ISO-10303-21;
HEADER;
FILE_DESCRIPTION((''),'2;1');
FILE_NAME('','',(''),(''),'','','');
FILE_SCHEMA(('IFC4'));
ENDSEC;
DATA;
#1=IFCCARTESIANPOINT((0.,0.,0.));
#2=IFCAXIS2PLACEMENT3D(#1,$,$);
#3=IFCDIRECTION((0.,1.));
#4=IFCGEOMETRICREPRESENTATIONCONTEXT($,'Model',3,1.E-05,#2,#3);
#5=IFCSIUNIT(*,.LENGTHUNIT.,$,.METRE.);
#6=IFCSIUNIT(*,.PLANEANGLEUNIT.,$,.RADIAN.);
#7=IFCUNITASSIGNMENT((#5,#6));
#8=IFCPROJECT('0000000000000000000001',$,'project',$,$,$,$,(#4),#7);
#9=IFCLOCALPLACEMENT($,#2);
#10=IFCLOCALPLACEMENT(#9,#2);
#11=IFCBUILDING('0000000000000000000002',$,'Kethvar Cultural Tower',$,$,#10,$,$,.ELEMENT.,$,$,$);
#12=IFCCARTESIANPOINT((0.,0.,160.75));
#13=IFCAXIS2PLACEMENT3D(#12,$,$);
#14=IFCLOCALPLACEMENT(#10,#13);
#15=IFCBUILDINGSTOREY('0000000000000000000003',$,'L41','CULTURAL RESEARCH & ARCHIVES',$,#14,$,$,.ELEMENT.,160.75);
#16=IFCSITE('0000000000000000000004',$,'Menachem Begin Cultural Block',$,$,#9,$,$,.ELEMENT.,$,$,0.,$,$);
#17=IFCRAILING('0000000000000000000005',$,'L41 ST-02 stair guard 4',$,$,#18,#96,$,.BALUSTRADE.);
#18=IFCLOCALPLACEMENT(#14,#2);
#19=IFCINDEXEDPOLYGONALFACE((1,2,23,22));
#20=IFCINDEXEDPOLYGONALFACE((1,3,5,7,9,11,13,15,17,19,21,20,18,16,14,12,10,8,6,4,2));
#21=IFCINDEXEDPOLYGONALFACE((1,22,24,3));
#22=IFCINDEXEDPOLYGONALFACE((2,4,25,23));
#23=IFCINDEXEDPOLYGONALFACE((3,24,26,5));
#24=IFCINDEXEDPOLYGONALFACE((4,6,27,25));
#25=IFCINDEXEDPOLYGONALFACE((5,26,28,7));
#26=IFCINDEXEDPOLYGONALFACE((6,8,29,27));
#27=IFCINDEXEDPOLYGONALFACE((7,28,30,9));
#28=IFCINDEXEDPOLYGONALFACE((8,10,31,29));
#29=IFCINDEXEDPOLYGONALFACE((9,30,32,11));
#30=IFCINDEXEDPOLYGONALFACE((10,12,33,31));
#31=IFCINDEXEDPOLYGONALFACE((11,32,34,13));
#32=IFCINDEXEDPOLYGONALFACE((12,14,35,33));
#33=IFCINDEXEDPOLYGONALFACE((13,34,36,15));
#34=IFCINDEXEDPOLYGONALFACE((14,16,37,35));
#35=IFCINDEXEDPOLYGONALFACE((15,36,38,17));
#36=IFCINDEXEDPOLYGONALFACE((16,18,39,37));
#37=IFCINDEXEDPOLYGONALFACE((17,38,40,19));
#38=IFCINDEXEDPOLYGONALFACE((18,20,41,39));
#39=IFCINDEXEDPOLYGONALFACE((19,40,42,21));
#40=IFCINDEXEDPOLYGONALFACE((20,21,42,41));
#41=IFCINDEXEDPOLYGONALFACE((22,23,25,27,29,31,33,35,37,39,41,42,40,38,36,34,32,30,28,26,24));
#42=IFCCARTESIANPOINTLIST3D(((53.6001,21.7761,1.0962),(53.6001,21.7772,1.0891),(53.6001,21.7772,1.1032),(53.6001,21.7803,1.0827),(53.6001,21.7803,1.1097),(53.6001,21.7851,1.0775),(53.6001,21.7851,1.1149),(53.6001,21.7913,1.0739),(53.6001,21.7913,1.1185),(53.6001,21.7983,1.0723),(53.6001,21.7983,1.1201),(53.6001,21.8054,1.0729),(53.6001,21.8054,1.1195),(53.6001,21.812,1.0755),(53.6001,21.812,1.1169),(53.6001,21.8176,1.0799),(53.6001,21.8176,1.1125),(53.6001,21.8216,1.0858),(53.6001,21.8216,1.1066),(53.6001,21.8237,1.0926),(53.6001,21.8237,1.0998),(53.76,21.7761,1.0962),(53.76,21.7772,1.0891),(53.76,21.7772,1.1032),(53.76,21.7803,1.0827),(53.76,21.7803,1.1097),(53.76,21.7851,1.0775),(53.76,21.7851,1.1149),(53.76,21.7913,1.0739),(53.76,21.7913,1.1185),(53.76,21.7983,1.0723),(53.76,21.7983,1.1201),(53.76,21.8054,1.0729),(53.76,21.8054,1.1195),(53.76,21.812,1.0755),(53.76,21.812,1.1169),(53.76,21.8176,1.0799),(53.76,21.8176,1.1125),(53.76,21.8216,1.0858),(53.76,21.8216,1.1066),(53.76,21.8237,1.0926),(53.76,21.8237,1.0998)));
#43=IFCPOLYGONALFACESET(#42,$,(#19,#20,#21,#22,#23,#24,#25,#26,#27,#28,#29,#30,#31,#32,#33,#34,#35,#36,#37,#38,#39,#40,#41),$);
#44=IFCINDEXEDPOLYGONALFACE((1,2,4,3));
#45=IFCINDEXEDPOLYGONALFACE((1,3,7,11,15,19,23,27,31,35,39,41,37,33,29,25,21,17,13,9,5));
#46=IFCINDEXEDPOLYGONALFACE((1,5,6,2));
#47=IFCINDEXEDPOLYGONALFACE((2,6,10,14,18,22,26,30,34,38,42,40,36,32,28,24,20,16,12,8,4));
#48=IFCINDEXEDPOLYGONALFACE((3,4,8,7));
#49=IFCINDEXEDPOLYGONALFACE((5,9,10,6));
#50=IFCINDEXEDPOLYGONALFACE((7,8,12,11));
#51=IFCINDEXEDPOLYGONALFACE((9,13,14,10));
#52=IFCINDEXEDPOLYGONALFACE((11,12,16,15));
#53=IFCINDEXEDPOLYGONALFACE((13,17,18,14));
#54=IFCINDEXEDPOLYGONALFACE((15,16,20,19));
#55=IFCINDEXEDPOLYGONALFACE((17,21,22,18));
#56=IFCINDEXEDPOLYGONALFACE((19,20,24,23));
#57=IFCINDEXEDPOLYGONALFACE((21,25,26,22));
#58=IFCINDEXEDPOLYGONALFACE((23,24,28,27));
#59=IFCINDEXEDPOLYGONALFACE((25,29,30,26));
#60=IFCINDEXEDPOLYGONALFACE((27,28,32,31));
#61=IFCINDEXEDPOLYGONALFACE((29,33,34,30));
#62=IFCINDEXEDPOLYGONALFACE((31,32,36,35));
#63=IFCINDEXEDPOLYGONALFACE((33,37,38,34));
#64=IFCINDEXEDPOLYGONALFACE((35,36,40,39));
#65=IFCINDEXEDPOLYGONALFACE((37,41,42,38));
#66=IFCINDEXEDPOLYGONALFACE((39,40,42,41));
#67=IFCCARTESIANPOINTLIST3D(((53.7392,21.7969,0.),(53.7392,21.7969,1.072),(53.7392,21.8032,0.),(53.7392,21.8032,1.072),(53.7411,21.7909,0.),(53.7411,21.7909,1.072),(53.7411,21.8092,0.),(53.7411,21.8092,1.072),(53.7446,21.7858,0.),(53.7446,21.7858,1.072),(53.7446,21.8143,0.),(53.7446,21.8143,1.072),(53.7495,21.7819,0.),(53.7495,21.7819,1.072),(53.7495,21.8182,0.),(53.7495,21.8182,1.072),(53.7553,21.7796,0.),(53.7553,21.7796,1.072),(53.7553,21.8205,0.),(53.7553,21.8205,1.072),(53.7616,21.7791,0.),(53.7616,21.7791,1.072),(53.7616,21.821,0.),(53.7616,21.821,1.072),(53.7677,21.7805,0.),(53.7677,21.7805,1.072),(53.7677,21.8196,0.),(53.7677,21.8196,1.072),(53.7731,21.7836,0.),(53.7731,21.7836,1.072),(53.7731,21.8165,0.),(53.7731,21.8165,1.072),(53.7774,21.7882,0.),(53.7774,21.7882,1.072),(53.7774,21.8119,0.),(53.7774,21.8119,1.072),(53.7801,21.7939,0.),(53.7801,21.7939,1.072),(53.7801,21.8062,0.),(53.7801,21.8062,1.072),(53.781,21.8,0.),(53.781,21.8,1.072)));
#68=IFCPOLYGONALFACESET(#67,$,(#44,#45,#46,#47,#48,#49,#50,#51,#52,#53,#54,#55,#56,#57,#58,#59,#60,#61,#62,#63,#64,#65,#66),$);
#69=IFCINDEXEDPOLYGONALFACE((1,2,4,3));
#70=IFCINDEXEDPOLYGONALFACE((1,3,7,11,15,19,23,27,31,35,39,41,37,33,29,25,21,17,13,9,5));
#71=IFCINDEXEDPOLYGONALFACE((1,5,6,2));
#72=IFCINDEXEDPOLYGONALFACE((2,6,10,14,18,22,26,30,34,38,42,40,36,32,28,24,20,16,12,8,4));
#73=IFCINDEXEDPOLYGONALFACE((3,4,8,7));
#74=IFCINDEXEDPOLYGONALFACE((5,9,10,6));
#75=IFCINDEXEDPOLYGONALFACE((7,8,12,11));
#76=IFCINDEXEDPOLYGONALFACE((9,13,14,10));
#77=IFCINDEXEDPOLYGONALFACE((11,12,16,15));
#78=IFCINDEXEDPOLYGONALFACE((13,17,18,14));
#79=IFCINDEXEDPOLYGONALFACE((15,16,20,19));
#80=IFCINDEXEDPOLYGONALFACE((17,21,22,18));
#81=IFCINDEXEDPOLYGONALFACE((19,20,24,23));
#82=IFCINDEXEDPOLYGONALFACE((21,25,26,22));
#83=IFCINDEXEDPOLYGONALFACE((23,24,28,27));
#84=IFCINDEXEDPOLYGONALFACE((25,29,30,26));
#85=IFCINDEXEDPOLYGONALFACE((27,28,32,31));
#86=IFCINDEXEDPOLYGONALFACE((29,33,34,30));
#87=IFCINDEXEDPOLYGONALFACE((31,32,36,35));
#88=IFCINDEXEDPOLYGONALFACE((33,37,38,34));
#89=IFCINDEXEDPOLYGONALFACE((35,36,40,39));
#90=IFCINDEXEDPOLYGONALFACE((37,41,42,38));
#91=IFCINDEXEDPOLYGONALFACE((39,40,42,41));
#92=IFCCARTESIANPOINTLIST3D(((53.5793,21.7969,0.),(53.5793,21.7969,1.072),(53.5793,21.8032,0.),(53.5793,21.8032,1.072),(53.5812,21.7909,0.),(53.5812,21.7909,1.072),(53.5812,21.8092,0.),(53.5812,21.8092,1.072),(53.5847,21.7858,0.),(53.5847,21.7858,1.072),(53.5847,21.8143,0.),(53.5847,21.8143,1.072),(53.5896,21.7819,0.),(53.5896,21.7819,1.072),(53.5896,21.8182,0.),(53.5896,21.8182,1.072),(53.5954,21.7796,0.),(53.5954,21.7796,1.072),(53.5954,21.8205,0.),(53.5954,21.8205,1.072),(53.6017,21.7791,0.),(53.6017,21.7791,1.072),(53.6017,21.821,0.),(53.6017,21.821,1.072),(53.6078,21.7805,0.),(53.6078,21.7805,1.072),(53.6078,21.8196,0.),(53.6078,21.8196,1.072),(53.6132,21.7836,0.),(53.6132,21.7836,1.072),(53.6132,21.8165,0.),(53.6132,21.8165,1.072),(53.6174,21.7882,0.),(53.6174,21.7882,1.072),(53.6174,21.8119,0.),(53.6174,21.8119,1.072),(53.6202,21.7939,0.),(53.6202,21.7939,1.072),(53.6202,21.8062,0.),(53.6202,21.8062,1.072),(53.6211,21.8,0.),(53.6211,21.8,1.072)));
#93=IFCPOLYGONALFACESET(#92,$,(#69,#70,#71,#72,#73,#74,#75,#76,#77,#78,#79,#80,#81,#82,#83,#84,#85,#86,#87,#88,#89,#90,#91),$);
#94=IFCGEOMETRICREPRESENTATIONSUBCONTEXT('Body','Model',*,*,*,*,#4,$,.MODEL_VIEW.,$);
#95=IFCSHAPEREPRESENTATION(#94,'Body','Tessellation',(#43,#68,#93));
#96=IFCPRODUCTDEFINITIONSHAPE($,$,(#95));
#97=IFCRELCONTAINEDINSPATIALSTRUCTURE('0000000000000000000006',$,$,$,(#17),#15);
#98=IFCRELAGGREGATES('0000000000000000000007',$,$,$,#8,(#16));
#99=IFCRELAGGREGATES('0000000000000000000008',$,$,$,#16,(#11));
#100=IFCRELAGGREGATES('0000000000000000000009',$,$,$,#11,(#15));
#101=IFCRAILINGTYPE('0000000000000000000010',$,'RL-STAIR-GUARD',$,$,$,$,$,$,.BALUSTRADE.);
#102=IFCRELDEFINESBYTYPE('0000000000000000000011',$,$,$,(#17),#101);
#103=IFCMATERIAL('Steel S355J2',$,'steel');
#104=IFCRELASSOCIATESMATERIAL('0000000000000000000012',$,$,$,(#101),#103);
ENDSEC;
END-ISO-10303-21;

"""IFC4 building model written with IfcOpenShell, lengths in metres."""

from ifc_helpers import new_model, si_unit, direction, frame, origin, origin_2d, place, context, subcontext, project, spatial, circle, extrude, material, type_object, element, save


model = new_model("IFC4")

# Units and contexts
model_context = context("Model", 3, precision=1e-05, world=origin(), true_north=direction((0.0, 1.0)))
body_context = subcontext(model_context, "Body", "Model", "MODEL_VIEW")
ifc_project = project(units=[si_unit("LENGTHUNIT", "METRE"), si_unit("PLANEANGLEUNIT", "RADIAN")], contexts=[model_context])

# Site, building, storey
site_placement = place(None, origin())
site = spatial("IfcSite", under=ifc_project, at=site_placement, Name="Menachem Begin Cultural Block", CompositionType="ELEMENT", RefElevation=0.0)
building_placement = place(site_placement, origin())
building = spatial("IfcBuilding", under=site, at=building_placement, Name="Kethvar Cultural Tower", CompositionType="ELEMENT")
storey_placement = place(building_placement, frame((0.0, 0.0, 160.75)))
storey = spatial("IfcBuildingStorey", under=building, at=storey_placement, Name="L41", Description="CULTURAL RESEARCH & ARCHIVES", CompositionType="ELEMENT", Elevation=160.75)

# Shared definitions
ifc_material_1 = material(Name="Steel S355J2", Category="steel")

# Railing
railing_type_1 = type_object("IfcRailingType", Name="RL-STAIR-GUARD", PredefinedType="BALUSTRADE", material=ifc_material_1)
railing_1_placement = place(storey_placement, frame((53.76, 21.8, 0.0)))
element("IfcRailing", 1, at=railing_1_placement, inside=storey, type_object=railing_type_1, Name="L41 ST-02 stair guard 4", PredefinedType="BALUSTRADE", context=body_context, shape_type="SweptSolid", body=[
    extrude(circle(Radius=0.0239, at=origin_2d()), frame((0.0, 0.0, 1.0962), z_axis=(-1.0, 0.0, 0.0), x_axis=(0.0, -1.0, 0.0)), (0.0, 0.0, 1.0), 0.1599),
    extrude(circle(Radius=0.021, at=origin_2d()), origin(), (0.0, 0.0, 1.0), 1.072),
    extrude(circle(Radius=0.021, at=origin_2d()), frame((-0.1599, 0.0, 0.0)), (0.0, 0.0, 1.0), 1.072),
])

save(model, "model.ifc")
